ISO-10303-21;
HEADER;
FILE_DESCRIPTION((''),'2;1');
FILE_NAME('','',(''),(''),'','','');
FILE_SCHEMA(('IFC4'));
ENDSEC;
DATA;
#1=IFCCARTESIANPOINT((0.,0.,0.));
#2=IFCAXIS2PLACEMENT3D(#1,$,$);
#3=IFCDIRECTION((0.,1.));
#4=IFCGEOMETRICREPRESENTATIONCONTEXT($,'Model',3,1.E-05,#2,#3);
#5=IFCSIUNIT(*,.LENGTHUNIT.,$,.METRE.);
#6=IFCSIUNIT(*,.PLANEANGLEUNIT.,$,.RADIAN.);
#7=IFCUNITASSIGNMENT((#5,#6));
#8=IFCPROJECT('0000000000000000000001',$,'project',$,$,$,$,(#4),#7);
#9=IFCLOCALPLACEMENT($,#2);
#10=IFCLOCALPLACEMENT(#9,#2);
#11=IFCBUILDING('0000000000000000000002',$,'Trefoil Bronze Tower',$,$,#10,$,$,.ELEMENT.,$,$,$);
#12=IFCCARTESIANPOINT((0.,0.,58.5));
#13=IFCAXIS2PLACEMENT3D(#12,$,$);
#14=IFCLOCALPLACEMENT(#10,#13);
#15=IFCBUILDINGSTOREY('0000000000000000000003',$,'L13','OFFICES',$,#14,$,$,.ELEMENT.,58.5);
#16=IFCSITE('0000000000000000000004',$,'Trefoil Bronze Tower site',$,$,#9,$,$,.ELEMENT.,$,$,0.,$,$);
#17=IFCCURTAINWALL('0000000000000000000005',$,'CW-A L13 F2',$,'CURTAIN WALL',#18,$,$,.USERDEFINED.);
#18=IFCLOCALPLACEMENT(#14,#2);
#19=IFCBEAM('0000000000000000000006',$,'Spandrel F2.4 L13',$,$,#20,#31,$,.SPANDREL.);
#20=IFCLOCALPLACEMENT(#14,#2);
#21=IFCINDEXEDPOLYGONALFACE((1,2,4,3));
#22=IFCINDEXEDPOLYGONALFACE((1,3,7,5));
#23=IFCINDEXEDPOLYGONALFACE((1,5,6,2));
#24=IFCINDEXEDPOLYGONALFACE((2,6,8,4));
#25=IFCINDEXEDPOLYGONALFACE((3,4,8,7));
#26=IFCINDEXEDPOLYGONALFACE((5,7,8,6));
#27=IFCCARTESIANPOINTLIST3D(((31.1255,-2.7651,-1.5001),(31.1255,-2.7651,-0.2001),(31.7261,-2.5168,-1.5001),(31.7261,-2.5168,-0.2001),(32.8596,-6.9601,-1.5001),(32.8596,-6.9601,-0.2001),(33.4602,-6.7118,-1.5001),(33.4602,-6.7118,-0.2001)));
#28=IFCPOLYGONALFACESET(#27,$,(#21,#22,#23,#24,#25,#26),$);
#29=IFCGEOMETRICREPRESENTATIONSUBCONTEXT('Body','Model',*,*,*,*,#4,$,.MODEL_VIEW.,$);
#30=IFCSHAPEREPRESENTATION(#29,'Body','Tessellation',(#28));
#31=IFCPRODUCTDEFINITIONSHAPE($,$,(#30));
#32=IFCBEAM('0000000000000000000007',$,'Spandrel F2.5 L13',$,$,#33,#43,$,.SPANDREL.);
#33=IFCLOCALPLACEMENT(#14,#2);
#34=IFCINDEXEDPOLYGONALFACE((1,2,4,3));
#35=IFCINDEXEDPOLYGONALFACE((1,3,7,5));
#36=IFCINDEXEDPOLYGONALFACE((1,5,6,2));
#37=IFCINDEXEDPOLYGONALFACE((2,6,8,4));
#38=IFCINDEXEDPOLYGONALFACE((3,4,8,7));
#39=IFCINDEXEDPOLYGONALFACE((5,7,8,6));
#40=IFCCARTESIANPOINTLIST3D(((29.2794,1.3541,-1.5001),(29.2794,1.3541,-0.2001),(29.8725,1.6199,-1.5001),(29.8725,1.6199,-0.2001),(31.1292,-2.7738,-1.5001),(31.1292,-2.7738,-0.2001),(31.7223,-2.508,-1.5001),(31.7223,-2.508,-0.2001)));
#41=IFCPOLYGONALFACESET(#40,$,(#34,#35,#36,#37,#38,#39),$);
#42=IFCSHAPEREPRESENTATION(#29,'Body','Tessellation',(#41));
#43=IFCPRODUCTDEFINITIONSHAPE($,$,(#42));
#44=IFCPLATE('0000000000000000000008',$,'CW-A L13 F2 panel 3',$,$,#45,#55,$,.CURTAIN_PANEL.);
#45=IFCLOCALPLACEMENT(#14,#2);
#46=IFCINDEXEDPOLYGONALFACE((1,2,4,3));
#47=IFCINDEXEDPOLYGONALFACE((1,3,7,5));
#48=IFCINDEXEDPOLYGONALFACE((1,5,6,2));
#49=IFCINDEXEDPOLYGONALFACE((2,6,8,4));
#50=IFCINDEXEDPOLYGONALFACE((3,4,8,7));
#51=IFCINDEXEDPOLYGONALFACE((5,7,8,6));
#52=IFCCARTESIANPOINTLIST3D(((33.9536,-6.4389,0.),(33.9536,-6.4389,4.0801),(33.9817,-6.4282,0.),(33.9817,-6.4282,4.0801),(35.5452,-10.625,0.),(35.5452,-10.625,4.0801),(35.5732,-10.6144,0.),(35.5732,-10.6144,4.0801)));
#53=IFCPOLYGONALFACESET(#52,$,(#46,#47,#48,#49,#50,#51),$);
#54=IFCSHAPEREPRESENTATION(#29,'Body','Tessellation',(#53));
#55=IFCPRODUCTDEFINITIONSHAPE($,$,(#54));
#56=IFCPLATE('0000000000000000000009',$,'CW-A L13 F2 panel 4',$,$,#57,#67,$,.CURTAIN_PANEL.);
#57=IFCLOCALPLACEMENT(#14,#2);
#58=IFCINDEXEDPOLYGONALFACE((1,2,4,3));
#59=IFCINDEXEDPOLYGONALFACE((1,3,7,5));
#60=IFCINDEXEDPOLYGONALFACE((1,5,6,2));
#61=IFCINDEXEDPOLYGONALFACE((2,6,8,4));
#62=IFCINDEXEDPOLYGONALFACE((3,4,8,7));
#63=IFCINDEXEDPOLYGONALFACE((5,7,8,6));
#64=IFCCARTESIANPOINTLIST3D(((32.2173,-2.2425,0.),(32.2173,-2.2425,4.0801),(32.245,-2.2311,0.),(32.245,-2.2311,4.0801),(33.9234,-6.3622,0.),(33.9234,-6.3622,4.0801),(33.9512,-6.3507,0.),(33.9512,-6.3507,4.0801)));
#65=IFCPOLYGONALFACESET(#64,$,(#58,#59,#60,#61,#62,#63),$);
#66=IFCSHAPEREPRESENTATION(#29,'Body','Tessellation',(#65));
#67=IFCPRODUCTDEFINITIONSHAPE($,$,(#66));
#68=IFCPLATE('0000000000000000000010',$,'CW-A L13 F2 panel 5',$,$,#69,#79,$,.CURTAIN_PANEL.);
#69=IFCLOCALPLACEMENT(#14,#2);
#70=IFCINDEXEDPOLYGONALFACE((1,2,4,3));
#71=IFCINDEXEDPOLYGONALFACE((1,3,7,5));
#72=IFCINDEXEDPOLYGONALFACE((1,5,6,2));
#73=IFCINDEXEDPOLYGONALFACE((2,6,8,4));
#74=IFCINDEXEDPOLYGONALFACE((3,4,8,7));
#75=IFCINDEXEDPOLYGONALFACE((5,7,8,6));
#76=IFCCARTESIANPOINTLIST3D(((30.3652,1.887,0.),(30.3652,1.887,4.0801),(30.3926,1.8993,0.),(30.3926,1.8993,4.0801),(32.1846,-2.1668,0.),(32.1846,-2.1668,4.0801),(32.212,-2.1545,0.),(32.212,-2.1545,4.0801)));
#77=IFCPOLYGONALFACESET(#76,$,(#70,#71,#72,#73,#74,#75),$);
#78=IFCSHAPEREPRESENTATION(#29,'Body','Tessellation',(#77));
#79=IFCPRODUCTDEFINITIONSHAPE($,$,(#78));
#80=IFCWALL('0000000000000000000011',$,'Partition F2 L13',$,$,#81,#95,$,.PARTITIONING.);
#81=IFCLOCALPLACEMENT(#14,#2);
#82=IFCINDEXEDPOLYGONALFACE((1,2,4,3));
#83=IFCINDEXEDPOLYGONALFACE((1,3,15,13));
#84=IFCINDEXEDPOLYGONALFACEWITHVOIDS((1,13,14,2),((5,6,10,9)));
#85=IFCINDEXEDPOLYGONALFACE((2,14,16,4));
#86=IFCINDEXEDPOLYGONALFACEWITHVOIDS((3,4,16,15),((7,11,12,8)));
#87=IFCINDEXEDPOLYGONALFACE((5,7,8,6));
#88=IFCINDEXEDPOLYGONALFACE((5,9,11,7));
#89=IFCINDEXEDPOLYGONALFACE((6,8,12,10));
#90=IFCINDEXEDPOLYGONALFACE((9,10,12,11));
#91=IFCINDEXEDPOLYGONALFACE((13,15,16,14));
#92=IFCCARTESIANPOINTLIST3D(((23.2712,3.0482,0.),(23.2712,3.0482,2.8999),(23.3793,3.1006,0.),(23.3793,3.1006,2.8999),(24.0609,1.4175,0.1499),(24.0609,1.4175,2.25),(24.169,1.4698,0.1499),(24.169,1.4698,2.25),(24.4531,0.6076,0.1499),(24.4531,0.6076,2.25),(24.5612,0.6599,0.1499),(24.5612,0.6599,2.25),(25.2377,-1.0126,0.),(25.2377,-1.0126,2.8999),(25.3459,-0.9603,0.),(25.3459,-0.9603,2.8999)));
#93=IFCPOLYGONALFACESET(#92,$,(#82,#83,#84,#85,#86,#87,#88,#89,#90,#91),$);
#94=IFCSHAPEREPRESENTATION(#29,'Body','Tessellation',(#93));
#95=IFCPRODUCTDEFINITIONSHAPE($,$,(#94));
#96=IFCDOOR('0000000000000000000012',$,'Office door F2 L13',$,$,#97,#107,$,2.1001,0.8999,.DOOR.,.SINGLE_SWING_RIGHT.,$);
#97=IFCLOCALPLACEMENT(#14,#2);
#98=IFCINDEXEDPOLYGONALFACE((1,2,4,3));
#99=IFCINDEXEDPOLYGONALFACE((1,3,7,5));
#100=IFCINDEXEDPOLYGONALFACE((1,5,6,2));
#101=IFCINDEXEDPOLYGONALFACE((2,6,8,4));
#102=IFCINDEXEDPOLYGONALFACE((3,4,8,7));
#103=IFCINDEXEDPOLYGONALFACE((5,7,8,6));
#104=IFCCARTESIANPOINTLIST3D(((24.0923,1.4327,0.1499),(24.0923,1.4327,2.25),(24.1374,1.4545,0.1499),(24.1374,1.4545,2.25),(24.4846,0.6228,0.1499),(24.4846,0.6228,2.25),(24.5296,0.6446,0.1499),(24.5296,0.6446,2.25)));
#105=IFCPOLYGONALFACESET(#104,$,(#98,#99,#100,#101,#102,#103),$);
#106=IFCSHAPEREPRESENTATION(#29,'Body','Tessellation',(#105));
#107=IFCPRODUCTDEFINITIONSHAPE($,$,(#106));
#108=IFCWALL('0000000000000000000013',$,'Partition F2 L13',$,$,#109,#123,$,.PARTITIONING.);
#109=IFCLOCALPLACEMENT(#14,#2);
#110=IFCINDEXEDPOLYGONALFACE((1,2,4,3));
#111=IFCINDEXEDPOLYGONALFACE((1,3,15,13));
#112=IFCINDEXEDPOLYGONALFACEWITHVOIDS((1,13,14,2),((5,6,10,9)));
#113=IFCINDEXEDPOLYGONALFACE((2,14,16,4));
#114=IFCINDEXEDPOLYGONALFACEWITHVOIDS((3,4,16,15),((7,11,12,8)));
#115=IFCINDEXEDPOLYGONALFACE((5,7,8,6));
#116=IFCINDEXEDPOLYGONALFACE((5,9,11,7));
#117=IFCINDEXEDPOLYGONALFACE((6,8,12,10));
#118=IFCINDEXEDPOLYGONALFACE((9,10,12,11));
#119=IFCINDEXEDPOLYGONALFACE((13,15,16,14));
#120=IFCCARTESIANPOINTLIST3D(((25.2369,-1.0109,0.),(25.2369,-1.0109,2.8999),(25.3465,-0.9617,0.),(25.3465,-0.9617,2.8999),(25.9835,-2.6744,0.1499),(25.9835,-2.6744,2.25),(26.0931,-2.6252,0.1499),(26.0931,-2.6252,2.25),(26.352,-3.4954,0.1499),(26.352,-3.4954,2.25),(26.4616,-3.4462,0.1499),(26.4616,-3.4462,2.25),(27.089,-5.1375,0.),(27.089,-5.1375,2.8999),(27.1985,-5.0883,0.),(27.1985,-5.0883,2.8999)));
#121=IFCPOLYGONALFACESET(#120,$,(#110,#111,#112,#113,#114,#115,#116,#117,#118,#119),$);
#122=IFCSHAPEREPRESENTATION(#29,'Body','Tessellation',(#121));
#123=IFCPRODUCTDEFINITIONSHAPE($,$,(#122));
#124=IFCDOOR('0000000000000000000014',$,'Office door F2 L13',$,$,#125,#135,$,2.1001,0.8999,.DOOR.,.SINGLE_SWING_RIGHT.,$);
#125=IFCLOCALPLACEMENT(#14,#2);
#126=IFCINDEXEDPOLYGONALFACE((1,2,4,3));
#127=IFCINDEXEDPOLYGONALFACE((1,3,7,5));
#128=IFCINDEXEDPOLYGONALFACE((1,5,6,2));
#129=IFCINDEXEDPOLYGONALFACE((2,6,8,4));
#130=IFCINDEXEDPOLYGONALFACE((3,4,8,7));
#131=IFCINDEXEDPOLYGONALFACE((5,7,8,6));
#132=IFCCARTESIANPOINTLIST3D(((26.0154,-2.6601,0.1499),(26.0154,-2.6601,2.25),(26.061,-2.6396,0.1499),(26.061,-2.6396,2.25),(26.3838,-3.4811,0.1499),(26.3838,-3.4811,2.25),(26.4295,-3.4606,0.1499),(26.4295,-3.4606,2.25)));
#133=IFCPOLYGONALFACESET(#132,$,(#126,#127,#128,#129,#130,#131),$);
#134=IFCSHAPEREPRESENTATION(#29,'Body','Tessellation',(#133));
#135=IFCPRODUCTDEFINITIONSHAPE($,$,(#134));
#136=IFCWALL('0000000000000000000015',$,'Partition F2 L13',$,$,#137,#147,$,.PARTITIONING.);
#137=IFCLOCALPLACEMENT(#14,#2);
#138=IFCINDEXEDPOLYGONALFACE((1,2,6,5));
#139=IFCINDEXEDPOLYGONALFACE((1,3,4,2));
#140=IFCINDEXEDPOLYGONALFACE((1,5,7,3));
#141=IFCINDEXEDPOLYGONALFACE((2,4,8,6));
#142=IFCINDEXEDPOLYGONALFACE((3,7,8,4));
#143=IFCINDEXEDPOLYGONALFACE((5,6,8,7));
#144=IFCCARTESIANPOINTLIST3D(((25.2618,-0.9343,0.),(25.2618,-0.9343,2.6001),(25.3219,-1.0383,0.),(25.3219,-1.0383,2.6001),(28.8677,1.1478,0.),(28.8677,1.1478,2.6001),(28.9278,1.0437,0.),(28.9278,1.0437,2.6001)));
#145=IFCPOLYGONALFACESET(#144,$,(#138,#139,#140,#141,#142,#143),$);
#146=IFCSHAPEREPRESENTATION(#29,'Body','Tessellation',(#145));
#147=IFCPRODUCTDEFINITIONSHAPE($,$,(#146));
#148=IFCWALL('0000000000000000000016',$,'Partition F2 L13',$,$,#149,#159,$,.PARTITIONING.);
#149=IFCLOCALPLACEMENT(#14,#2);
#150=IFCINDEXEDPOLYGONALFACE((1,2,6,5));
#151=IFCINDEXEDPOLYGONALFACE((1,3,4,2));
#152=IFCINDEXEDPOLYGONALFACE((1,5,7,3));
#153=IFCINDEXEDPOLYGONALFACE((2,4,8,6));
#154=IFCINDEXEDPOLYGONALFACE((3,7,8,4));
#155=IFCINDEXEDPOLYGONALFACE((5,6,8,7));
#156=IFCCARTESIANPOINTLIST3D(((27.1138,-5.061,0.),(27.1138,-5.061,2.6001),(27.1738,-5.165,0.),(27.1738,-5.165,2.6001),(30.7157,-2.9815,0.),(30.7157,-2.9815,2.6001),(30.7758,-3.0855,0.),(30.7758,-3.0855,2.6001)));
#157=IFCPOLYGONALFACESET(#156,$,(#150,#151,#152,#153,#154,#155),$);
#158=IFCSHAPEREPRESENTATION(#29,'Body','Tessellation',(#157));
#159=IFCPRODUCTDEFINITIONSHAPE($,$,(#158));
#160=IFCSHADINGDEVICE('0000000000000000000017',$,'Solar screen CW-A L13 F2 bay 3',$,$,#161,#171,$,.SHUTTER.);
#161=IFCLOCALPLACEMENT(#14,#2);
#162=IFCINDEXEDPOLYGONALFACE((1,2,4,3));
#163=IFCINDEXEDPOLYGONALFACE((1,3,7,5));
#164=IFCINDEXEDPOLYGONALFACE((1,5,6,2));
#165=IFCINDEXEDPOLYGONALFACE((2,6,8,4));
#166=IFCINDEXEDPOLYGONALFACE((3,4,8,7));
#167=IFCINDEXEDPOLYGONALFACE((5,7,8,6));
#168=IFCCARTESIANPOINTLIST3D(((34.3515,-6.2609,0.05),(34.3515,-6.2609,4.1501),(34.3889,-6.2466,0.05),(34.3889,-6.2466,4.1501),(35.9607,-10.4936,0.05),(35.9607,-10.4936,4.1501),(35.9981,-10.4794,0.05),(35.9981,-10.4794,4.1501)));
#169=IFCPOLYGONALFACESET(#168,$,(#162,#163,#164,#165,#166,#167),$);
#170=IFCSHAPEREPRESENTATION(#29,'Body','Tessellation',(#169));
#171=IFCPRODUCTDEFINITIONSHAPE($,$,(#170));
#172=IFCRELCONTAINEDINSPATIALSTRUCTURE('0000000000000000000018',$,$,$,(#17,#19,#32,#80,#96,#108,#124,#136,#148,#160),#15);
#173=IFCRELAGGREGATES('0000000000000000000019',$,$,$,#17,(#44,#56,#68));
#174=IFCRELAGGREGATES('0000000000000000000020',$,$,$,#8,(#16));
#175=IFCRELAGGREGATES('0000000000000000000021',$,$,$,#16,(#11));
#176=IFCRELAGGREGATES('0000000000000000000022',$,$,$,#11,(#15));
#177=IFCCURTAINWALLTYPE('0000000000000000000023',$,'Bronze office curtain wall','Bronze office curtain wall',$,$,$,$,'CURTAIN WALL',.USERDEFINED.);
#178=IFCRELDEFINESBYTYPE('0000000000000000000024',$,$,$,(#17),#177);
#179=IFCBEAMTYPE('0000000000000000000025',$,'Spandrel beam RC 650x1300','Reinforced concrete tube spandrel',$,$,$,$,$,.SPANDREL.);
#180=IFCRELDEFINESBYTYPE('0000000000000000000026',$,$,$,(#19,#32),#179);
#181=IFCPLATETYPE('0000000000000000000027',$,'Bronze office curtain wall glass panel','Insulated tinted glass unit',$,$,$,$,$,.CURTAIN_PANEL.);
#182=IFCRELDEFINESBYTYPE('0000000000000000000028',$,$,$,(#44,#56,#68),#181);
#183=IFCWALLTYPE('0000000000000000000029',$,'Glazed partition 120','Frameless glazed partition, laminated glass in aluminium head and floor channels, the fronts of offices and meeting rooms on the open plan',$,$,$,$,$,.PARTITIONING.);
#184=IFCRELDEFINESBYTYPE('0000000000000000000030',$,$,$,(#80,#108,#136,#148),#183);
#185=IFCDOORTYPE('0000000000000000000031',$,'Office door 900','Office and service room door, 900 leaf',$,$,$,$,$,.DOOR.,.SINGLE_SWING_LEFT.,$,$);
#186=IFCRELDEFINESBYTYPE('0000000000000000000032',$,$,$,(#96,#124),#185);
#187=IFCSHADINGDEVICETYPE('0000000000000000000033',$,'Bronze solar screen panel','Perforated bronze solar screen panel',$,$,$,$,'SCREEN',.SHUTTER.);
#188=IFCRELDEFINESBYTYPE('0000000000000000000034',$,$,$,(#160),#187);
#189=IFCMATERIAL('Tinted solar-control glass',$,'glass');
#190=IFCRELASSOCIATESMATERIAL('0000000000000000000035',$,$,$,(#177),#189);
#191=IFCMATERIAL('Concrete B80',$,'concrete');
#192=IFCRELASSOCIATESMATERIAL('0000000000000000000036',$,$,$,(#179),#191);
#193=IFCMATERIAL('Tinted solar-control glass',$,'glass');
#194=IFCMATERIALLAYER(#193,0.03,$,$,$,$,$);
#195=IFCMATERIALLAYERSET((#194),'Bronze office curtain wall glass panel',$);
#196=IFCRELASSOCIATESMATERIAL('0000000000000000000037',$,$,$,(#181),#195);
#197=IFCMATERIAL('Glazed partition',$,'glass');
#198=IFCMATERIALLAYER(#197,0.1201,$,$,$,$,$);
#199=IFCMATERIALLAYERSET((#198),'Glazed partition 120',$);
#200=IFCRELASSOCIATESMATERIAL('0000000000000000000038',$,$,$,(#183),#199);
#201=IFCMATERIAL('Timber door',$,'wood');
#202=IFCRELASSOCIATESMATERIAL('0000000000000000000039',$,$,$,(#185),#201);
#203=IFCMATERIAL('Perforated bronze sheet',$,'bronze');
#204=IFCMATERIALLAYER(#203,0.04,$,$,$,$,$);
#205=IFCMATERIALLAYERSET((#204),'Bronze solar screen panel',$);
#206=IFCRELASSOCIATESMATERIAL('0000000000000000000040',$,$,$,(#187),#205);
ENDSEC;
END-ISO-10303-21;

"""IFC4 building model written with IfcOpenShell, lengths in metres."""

from ifc_helpers import new_model, si_unit, direction, frame, frame_2d, origin, origin_2d, place, context, subcontext, project, spatial, rectangle, extrude, material, layer, layer_set, material_profile, profile_set, type_object, element, fill, aggregate, save


model = new_model("IFC4")

# Units and contexts
model_context = context("Model", 3, precision=1e-05, world=origin(), true_north=direction((0.0, 1.0)))
body_context = subcontext(model_context, "Body", "Model", "MODEL_VIEW")
ifc_project = project(units=[si_unit("LENGTHUNIT", "METRE"), si_unit("PLANEANGLEUNIT", "RADIAN")], contexts=[model_context])

# Site, building, storey
site_placement = place(None, origin())
site = spatial("IfcSite", under=ifc_project, at=site_placement, Name="Trefoil Bronze Tower site", CompositionType="ELEMENT", RefElevation=0.0)
building_placement = place(site_placement, origin())
building = spatial("IfcBuilding", under=site, at=building_placement, Name="Trefoil Bronze Tower", CompositionType="ELEMENT")
storey_placement = place(building_placement, frame((0.0, 0.0, 58.5)))
storey = spatial("IfcBuildingStorey", under=building, at=storey_placement, Name="L13", Description="OFFICES", CompositionType="ELEMENT", Elevation=58.5)

# Curtain wall
ifc_material_1 = material(Name="Tinted solar-control glass", Category="glass")
curtain_wall_type = type_object("IfcCurtainWallType", Name="Bronze office curtain wall", Description="Bronze office curtain wall", ElementType="CURTAIN WALL", PredefinedType="USERDEFINED", material=ifc_material_1)
curtain_wall_placement = place(storey_placement, origin())
curtain_wall = element("IfcCurtainWall", 1, at=curtain_wall_placement, inside=storey, type_object=curtain_wall_type, Name="CW-A L13 F2", ObjectType="CURTAIN WALL", PredefinedType="USERDEFINED")

# Beams
ifc_material_2 = material(Name="Concrete B80", Category="concrete")
ifc_material_profile_1 = material_profile(ifc_material_2, rectangle(XDim=0.6499, YDim=1.3, at=origin_2d()), Name="RC 650x1300")
ifc_profile_set_1 = profile_set([ifc_material_profile_1], Name="Concrete B80")
beam_type_1 = type_object("IfcBeamType", Name="Spandrel beam RC 650x1300", Description="Reinforced concrete tube spandrel", PredefinedType="SPANDREL", material=ifc_profile_set_1)
beam_1_placement = place(storey_placement, frame((33.1599, -6.8359, -0.8501), z_axis=(-0.382021, 0.924154, 0.0), x_axis=(-0.924154, -0.382021, 0.0)))
element("IfcBeam", 2, at=beam_1_placement, inside=storey, type_object=beam_type_1, Name="Spandrel F2.4 L13", PredefinedType="SPANDREL", context=body_context, shape_type="SweptSolid", body=[
    extrude(rectangle(XDim=0.6499, YDim=1.3, at=origin_2d()), origin(), (0.0, 0.0, 1.0), 4.5393),
])
beam_2_placement = place(storey_placement, frame((31.4258, -2.6409, -0.8501), z_axis=(-0.408946, 0.912559, 0.0), x_axis=(-0.912559, -0.408946, 0.0)))
element("IfcBeam", 3, at=beam_2_placement, inside=storey, type_object=beam_type_1, Name="Spandrel F2.5 L13", PredefinedType="SPANDREL", context=body_context, shape_type="SweptSolid", body=[
    extrude(rectangle(XDim=0.6499, YDim=1.3, at=origin_2d()), origin(), (0.0, 0.0, 1.0), 4.5234),
])

# Plates
ifc_material_3 = material(Name="Tinted solar-control glass", Category="glass")
ifc_layer_1 = layer(ifc_material_3, 0.03)
ifc_layer_set_1 = layer_set([ifc_layer_1], Name="Bronze office curtain wall glass panel")
plate_type = type_object("IfcPlateType", Name="Bronze office curtain wall glass panel", Description="Insulated tinted glass unit", PredefinedType="CURTAIN_PANEL", material=ifc_layer_set_1)
plate_1_placement = place(storey_placement, frame((34.7634, -8.5266, 0.0), z_axis=(0.0, 0.0, 1.0), x_axis=(-0.355371, 0.934725, 0.0)))
plate_1 = element("IfcPlate", 4, at=plate_1_placement, type_object=plate_type, Name="CW-A L13 F2 panel 3", PredefinedType="CURTAIN_PANEL", context=body_context, shape_type="SweptSolid", body=[
    extrude(rectangle(XDim=4.4785, YDim=0.03, at=origin_2d()), origin(), (0.0, 0.0, 1.0), 4.0801),
])
plate_2_placement = place(storey_placement, frame((33.0842, -4.2966, 0.0), z_axis=(0.0, 0.0, 1.0), x_axis=(-0.38263, 0.923902, 0.0)))
plate_2 = element("IfcPlate", 5, at=plate_2_placement, type_object=plate_type, Name="CW-A L13 F2 panel 4", PredefinedType="CURTAIN_PANEL", context=body_context, shape_type="SweptSolid", body=[
    extrude(rectangle(XDim=4.459, YDim=0.03, at=origin_2d()), origin(), (0.0, 0.0, 1.0), 4.0801),
])
plate_3_placement = place(storey_placement, frame((31.2886, -0.1338, 0.0), z_axis=(0.0, 0.0, 1.0), x_axis=(-0.409456, 0.91233, 0.0)))
plate_3 = element("IfcPlate", 6, at=plate_3_placement, type_object=plate_type, Name="CW-A L13 F2 panel 5", PredefinedType="CURTAIN_PANEL", context=body_context, shape_type="SweptSolid", body=[
    extrude(rectangle(XDim=4.4434, YDim=0.03, at=origin_2d()), origin(), (0.0, 0.0, 1.0), 4.0801),
])
aggregate(curtain_wall, [plate_1, plate_2, plate_3])

# Walls, openings, doors
ifc_material_4 = material(Name="Glazed partition", Category="glass")
ifc_layer_2 = layer(ifc_material_4, 0.1201)
ifc_layer_set_2 = layer_set([ifc_layer_2], Name="Glazed partition 120")
wall_type = type_object("IfcWallType", Name="Glazed partition 120", Description="Frameless glazed partition, laminated glass in aluminium head and floor channels, the fronts of offices and meeting rooms on the open plan", PredefinedType="PARTITIONING", material=ifc_layer_set_2)
wall_1_placement = place(storey_placement, frame((25.2917, -0.9863, 0.0), z_axis=(0.0, 0.0, 1.0), x_axis=(-0.435858, 0.900015, 0.0)))
wall_1 = element("IfcWall", 7, at=wall_1_placement, inside=storey, type_object=wall_type, Name="Partition F2 L13", PredefinedType="PARTITIONING", context=body_context, shape_type="SweptSolid", body=[
    extrude(rectangle(XDim=4.512, YDim=0.1201, at=frame_2d((2.2559, 0.0))), origin(), (0.0, 0.0, 1.0), 2.8999),
])
opening_1_placement = place(wall_1_placement, frame((1.8, 0.0, 0.1499)))
opening_1 = element("IfcOpeningElement", 8, at=opening_1_placement, cuts=wall_1, PredefinedType="OPENING", context=body_context, shape_type="SweptSolid", body=[
    extrude(rectangle(XDim=0.8999, YDim=2.1001, at=frame_2d((0.45, 1.05))), frame((0.0, 0.0701, 0.0), z_axis=(0.0, -1.0, 0.0), x_axis=(1.0, 0.0, 0.0)), (0.0, 0.0, 1.0), 0.1401),
])
ifc_material_5 = material(Name="Timber door", Category="wood")
door_type = type_object("IfcDoorType", Name="Office door 900", Description="Office and service room door, 900 leaf", OperationType="SINGLE_SWING_LEFT", PredefinedType="DOOR", material=ifc_material_5)
door_1_placement = place(opening_1_placement, frame((0.8999, 0.0, 0.0), z_axis=(0.0, 0.0, 1.0), x_axis=(-1.0, 0.0, 0.0)))
door_1 = element("IfcDoor", 9, at=door_1_placement, inside=storey, type_object=door_type, Name="Office door F2 L13", OperationType="SINGLE_SWING_RIGHT", OverallHeight=2.1001, OverallWidth=0.8999, PredefinedType="DOOR", context=body_context, shape_type="SweptSolid", body=[
    extrude(rectangle(XDim=0.8999, YDim=2.1001, at=frame_2d((0.45, 1.05))), frame((0.0, 0.0249, 0.0), z_axis=(0.0, -1.0, 0.0), x_axis=(1.0, 0.0, 0.0)), (0.0, 0.0, 1.0), 0.05),
])
fill(opening_1, door_1)
wall_2_placement = place(storey_placement, frame((27.1438, -5.113, 0.0), z_axis=(0.0, 0.0, 1.0), x_axis=(-0.409451, 0.912332, 0.0)))
wall_2 = element("IfcWall", 10, at=wall_2_placement, inside=storey, type_object=wall_type, Name="Partition F2 L13", PredefinedType="PARTITIONING", context=body_context, shape_type="SweptSolid", body=[
    extrude(rectangle(XDim=4.5232, YDim=0.1201, at=frame_2d((2.2617, 0.0))), origin(), (0.0, 0.0, 1.0), 2.8999),
])
opening_2_placement = place(wall_2_placement, frame((1.8, 0.0, 0.1499)))
opening_2 = element("IfcOpeningElement", 11, at=opening_2_placement, cuts=wall_2, PredefinedType="OPENING", context=body_context, shape_type="SweptSolid", body=[
    extrude(rectangle(XDim=0.8999, YDim=2.1001, at=frame_2d((0.45, 1.05))), frame((0.0, 0.0701, 0.0), z_axis=(0.0, -1.0, 0.0), x_axis=(1.0, 0.0, 0.0)), (0.0, 0.0, 1.0), 0.1401),
])
door_2_placement = place(opening_2_placement, frame((0.8999, 0.0, 0.0), z_axis=(0.0, 0.0, 1.0), x_axis=(-1.0, 0.0, 0.0)))
door_2 = element("IfcDoor", 12, at=door_2_placement, inside=storey, type_object=door_type, Name="Office door F2 L13", OperationType="SINGLE_SWING_RIGHT", OverallHeight=2.1001, OverallWidth=0.8999, PredefinedType="DOOR", context=body_context, shape_type="SweptSolid", body=[
    extrude(rectangle(XDim=0.8999, YDim=2.1001, at=frame_2d((0.45, 1.05))), frame((0.0, 0.0249, 0.0), z_axis=(0.0, -1.0, 0.0), x_axis=(1.0, 0.0, 0.0)), (0.0, 0.0, 1.0), 0.05),
])
fill(opening_2, door_2)

# Walls
wall_3_placement = place(storey_placement, frame((25.2917, -0.9863, 0.0), z_axis=(0.0, 0.0, 1.0), x_axis=(0.866012, 0.500024, 0.0)))
element("IfcWall", 13, at=wall_3_placement, inside=storey, type_object=wall_type, Name="Partition F2 L13", PredefinedType="PARTITIONING", context=body_context, shape_type="SweptSolid", body=[
    extrude(rectangle(XDim=4.1638, YDim=0.1201, at=frame_2d((2.082, 0.0))), origin(), (0.0, 0.0, 1.0), 2.6001),
])
wall_4_placement = place(storey_placement, frame((27.1438, -5.113, 0.0), z_axis=(0.0, 0.0, 1.0), x_axis=(0.866031, 0.49999, 0.0)))
element("IfcWall", 14, at=wall_4_placement, inside=storey, type_object=wall_type, Name="Partition F2 L13", PredefinedType="PARTITIONING", context=body_context, shape_type="SweptSolid", body=[
    extrude(rectangle(XDim=4.1592, YDim=0.1201, at=frame_2d((2.0796, 0.0))), origin(), (0.0, 0.0, 1.0), 2.6001),
])

# Shading device
ifc_material_6 = material(Name="Perforated bronze sheet", Category="bronze")
ifc_layer_3 = layer(ifc_material_6, 0.04)
ifc_layer_set_3 = layer_set([ifc_layer_3], Name="Bronze solar screen panel")
shading_device_type = type_object("IfcShadingDeviceType", Name="Bronze solar screen panel", Description="Perforated bronze solar screen panel", ElementType="SCREEN", PredefinedType="SHUTTER", material=ifc_layer_set_3)
shading_device_1_placement = place(storey_placement, frame((35.1748, -8.3701, 0.05), z_axis=(0.0, 0.0, 1.0), x_axis=(-0.355371, 0.934725, 0.0)))
element("IfcShadingDevice", 15, at=shading_device_1_placement, inside=storey, type_object=shading_device_type, Name="Solar screen CW-A L13 F2 bay 3", PredefinedType="SHUTTER", context=body_context, shape_type="SweptSolid", body=[
    extrude(rectangle(XDim=4.5283, YDim=0.04, at=origin_2d()), origin(), (0.0, 0.0, 1.0), 4.1001),
])

save(model, "model.ifc")
